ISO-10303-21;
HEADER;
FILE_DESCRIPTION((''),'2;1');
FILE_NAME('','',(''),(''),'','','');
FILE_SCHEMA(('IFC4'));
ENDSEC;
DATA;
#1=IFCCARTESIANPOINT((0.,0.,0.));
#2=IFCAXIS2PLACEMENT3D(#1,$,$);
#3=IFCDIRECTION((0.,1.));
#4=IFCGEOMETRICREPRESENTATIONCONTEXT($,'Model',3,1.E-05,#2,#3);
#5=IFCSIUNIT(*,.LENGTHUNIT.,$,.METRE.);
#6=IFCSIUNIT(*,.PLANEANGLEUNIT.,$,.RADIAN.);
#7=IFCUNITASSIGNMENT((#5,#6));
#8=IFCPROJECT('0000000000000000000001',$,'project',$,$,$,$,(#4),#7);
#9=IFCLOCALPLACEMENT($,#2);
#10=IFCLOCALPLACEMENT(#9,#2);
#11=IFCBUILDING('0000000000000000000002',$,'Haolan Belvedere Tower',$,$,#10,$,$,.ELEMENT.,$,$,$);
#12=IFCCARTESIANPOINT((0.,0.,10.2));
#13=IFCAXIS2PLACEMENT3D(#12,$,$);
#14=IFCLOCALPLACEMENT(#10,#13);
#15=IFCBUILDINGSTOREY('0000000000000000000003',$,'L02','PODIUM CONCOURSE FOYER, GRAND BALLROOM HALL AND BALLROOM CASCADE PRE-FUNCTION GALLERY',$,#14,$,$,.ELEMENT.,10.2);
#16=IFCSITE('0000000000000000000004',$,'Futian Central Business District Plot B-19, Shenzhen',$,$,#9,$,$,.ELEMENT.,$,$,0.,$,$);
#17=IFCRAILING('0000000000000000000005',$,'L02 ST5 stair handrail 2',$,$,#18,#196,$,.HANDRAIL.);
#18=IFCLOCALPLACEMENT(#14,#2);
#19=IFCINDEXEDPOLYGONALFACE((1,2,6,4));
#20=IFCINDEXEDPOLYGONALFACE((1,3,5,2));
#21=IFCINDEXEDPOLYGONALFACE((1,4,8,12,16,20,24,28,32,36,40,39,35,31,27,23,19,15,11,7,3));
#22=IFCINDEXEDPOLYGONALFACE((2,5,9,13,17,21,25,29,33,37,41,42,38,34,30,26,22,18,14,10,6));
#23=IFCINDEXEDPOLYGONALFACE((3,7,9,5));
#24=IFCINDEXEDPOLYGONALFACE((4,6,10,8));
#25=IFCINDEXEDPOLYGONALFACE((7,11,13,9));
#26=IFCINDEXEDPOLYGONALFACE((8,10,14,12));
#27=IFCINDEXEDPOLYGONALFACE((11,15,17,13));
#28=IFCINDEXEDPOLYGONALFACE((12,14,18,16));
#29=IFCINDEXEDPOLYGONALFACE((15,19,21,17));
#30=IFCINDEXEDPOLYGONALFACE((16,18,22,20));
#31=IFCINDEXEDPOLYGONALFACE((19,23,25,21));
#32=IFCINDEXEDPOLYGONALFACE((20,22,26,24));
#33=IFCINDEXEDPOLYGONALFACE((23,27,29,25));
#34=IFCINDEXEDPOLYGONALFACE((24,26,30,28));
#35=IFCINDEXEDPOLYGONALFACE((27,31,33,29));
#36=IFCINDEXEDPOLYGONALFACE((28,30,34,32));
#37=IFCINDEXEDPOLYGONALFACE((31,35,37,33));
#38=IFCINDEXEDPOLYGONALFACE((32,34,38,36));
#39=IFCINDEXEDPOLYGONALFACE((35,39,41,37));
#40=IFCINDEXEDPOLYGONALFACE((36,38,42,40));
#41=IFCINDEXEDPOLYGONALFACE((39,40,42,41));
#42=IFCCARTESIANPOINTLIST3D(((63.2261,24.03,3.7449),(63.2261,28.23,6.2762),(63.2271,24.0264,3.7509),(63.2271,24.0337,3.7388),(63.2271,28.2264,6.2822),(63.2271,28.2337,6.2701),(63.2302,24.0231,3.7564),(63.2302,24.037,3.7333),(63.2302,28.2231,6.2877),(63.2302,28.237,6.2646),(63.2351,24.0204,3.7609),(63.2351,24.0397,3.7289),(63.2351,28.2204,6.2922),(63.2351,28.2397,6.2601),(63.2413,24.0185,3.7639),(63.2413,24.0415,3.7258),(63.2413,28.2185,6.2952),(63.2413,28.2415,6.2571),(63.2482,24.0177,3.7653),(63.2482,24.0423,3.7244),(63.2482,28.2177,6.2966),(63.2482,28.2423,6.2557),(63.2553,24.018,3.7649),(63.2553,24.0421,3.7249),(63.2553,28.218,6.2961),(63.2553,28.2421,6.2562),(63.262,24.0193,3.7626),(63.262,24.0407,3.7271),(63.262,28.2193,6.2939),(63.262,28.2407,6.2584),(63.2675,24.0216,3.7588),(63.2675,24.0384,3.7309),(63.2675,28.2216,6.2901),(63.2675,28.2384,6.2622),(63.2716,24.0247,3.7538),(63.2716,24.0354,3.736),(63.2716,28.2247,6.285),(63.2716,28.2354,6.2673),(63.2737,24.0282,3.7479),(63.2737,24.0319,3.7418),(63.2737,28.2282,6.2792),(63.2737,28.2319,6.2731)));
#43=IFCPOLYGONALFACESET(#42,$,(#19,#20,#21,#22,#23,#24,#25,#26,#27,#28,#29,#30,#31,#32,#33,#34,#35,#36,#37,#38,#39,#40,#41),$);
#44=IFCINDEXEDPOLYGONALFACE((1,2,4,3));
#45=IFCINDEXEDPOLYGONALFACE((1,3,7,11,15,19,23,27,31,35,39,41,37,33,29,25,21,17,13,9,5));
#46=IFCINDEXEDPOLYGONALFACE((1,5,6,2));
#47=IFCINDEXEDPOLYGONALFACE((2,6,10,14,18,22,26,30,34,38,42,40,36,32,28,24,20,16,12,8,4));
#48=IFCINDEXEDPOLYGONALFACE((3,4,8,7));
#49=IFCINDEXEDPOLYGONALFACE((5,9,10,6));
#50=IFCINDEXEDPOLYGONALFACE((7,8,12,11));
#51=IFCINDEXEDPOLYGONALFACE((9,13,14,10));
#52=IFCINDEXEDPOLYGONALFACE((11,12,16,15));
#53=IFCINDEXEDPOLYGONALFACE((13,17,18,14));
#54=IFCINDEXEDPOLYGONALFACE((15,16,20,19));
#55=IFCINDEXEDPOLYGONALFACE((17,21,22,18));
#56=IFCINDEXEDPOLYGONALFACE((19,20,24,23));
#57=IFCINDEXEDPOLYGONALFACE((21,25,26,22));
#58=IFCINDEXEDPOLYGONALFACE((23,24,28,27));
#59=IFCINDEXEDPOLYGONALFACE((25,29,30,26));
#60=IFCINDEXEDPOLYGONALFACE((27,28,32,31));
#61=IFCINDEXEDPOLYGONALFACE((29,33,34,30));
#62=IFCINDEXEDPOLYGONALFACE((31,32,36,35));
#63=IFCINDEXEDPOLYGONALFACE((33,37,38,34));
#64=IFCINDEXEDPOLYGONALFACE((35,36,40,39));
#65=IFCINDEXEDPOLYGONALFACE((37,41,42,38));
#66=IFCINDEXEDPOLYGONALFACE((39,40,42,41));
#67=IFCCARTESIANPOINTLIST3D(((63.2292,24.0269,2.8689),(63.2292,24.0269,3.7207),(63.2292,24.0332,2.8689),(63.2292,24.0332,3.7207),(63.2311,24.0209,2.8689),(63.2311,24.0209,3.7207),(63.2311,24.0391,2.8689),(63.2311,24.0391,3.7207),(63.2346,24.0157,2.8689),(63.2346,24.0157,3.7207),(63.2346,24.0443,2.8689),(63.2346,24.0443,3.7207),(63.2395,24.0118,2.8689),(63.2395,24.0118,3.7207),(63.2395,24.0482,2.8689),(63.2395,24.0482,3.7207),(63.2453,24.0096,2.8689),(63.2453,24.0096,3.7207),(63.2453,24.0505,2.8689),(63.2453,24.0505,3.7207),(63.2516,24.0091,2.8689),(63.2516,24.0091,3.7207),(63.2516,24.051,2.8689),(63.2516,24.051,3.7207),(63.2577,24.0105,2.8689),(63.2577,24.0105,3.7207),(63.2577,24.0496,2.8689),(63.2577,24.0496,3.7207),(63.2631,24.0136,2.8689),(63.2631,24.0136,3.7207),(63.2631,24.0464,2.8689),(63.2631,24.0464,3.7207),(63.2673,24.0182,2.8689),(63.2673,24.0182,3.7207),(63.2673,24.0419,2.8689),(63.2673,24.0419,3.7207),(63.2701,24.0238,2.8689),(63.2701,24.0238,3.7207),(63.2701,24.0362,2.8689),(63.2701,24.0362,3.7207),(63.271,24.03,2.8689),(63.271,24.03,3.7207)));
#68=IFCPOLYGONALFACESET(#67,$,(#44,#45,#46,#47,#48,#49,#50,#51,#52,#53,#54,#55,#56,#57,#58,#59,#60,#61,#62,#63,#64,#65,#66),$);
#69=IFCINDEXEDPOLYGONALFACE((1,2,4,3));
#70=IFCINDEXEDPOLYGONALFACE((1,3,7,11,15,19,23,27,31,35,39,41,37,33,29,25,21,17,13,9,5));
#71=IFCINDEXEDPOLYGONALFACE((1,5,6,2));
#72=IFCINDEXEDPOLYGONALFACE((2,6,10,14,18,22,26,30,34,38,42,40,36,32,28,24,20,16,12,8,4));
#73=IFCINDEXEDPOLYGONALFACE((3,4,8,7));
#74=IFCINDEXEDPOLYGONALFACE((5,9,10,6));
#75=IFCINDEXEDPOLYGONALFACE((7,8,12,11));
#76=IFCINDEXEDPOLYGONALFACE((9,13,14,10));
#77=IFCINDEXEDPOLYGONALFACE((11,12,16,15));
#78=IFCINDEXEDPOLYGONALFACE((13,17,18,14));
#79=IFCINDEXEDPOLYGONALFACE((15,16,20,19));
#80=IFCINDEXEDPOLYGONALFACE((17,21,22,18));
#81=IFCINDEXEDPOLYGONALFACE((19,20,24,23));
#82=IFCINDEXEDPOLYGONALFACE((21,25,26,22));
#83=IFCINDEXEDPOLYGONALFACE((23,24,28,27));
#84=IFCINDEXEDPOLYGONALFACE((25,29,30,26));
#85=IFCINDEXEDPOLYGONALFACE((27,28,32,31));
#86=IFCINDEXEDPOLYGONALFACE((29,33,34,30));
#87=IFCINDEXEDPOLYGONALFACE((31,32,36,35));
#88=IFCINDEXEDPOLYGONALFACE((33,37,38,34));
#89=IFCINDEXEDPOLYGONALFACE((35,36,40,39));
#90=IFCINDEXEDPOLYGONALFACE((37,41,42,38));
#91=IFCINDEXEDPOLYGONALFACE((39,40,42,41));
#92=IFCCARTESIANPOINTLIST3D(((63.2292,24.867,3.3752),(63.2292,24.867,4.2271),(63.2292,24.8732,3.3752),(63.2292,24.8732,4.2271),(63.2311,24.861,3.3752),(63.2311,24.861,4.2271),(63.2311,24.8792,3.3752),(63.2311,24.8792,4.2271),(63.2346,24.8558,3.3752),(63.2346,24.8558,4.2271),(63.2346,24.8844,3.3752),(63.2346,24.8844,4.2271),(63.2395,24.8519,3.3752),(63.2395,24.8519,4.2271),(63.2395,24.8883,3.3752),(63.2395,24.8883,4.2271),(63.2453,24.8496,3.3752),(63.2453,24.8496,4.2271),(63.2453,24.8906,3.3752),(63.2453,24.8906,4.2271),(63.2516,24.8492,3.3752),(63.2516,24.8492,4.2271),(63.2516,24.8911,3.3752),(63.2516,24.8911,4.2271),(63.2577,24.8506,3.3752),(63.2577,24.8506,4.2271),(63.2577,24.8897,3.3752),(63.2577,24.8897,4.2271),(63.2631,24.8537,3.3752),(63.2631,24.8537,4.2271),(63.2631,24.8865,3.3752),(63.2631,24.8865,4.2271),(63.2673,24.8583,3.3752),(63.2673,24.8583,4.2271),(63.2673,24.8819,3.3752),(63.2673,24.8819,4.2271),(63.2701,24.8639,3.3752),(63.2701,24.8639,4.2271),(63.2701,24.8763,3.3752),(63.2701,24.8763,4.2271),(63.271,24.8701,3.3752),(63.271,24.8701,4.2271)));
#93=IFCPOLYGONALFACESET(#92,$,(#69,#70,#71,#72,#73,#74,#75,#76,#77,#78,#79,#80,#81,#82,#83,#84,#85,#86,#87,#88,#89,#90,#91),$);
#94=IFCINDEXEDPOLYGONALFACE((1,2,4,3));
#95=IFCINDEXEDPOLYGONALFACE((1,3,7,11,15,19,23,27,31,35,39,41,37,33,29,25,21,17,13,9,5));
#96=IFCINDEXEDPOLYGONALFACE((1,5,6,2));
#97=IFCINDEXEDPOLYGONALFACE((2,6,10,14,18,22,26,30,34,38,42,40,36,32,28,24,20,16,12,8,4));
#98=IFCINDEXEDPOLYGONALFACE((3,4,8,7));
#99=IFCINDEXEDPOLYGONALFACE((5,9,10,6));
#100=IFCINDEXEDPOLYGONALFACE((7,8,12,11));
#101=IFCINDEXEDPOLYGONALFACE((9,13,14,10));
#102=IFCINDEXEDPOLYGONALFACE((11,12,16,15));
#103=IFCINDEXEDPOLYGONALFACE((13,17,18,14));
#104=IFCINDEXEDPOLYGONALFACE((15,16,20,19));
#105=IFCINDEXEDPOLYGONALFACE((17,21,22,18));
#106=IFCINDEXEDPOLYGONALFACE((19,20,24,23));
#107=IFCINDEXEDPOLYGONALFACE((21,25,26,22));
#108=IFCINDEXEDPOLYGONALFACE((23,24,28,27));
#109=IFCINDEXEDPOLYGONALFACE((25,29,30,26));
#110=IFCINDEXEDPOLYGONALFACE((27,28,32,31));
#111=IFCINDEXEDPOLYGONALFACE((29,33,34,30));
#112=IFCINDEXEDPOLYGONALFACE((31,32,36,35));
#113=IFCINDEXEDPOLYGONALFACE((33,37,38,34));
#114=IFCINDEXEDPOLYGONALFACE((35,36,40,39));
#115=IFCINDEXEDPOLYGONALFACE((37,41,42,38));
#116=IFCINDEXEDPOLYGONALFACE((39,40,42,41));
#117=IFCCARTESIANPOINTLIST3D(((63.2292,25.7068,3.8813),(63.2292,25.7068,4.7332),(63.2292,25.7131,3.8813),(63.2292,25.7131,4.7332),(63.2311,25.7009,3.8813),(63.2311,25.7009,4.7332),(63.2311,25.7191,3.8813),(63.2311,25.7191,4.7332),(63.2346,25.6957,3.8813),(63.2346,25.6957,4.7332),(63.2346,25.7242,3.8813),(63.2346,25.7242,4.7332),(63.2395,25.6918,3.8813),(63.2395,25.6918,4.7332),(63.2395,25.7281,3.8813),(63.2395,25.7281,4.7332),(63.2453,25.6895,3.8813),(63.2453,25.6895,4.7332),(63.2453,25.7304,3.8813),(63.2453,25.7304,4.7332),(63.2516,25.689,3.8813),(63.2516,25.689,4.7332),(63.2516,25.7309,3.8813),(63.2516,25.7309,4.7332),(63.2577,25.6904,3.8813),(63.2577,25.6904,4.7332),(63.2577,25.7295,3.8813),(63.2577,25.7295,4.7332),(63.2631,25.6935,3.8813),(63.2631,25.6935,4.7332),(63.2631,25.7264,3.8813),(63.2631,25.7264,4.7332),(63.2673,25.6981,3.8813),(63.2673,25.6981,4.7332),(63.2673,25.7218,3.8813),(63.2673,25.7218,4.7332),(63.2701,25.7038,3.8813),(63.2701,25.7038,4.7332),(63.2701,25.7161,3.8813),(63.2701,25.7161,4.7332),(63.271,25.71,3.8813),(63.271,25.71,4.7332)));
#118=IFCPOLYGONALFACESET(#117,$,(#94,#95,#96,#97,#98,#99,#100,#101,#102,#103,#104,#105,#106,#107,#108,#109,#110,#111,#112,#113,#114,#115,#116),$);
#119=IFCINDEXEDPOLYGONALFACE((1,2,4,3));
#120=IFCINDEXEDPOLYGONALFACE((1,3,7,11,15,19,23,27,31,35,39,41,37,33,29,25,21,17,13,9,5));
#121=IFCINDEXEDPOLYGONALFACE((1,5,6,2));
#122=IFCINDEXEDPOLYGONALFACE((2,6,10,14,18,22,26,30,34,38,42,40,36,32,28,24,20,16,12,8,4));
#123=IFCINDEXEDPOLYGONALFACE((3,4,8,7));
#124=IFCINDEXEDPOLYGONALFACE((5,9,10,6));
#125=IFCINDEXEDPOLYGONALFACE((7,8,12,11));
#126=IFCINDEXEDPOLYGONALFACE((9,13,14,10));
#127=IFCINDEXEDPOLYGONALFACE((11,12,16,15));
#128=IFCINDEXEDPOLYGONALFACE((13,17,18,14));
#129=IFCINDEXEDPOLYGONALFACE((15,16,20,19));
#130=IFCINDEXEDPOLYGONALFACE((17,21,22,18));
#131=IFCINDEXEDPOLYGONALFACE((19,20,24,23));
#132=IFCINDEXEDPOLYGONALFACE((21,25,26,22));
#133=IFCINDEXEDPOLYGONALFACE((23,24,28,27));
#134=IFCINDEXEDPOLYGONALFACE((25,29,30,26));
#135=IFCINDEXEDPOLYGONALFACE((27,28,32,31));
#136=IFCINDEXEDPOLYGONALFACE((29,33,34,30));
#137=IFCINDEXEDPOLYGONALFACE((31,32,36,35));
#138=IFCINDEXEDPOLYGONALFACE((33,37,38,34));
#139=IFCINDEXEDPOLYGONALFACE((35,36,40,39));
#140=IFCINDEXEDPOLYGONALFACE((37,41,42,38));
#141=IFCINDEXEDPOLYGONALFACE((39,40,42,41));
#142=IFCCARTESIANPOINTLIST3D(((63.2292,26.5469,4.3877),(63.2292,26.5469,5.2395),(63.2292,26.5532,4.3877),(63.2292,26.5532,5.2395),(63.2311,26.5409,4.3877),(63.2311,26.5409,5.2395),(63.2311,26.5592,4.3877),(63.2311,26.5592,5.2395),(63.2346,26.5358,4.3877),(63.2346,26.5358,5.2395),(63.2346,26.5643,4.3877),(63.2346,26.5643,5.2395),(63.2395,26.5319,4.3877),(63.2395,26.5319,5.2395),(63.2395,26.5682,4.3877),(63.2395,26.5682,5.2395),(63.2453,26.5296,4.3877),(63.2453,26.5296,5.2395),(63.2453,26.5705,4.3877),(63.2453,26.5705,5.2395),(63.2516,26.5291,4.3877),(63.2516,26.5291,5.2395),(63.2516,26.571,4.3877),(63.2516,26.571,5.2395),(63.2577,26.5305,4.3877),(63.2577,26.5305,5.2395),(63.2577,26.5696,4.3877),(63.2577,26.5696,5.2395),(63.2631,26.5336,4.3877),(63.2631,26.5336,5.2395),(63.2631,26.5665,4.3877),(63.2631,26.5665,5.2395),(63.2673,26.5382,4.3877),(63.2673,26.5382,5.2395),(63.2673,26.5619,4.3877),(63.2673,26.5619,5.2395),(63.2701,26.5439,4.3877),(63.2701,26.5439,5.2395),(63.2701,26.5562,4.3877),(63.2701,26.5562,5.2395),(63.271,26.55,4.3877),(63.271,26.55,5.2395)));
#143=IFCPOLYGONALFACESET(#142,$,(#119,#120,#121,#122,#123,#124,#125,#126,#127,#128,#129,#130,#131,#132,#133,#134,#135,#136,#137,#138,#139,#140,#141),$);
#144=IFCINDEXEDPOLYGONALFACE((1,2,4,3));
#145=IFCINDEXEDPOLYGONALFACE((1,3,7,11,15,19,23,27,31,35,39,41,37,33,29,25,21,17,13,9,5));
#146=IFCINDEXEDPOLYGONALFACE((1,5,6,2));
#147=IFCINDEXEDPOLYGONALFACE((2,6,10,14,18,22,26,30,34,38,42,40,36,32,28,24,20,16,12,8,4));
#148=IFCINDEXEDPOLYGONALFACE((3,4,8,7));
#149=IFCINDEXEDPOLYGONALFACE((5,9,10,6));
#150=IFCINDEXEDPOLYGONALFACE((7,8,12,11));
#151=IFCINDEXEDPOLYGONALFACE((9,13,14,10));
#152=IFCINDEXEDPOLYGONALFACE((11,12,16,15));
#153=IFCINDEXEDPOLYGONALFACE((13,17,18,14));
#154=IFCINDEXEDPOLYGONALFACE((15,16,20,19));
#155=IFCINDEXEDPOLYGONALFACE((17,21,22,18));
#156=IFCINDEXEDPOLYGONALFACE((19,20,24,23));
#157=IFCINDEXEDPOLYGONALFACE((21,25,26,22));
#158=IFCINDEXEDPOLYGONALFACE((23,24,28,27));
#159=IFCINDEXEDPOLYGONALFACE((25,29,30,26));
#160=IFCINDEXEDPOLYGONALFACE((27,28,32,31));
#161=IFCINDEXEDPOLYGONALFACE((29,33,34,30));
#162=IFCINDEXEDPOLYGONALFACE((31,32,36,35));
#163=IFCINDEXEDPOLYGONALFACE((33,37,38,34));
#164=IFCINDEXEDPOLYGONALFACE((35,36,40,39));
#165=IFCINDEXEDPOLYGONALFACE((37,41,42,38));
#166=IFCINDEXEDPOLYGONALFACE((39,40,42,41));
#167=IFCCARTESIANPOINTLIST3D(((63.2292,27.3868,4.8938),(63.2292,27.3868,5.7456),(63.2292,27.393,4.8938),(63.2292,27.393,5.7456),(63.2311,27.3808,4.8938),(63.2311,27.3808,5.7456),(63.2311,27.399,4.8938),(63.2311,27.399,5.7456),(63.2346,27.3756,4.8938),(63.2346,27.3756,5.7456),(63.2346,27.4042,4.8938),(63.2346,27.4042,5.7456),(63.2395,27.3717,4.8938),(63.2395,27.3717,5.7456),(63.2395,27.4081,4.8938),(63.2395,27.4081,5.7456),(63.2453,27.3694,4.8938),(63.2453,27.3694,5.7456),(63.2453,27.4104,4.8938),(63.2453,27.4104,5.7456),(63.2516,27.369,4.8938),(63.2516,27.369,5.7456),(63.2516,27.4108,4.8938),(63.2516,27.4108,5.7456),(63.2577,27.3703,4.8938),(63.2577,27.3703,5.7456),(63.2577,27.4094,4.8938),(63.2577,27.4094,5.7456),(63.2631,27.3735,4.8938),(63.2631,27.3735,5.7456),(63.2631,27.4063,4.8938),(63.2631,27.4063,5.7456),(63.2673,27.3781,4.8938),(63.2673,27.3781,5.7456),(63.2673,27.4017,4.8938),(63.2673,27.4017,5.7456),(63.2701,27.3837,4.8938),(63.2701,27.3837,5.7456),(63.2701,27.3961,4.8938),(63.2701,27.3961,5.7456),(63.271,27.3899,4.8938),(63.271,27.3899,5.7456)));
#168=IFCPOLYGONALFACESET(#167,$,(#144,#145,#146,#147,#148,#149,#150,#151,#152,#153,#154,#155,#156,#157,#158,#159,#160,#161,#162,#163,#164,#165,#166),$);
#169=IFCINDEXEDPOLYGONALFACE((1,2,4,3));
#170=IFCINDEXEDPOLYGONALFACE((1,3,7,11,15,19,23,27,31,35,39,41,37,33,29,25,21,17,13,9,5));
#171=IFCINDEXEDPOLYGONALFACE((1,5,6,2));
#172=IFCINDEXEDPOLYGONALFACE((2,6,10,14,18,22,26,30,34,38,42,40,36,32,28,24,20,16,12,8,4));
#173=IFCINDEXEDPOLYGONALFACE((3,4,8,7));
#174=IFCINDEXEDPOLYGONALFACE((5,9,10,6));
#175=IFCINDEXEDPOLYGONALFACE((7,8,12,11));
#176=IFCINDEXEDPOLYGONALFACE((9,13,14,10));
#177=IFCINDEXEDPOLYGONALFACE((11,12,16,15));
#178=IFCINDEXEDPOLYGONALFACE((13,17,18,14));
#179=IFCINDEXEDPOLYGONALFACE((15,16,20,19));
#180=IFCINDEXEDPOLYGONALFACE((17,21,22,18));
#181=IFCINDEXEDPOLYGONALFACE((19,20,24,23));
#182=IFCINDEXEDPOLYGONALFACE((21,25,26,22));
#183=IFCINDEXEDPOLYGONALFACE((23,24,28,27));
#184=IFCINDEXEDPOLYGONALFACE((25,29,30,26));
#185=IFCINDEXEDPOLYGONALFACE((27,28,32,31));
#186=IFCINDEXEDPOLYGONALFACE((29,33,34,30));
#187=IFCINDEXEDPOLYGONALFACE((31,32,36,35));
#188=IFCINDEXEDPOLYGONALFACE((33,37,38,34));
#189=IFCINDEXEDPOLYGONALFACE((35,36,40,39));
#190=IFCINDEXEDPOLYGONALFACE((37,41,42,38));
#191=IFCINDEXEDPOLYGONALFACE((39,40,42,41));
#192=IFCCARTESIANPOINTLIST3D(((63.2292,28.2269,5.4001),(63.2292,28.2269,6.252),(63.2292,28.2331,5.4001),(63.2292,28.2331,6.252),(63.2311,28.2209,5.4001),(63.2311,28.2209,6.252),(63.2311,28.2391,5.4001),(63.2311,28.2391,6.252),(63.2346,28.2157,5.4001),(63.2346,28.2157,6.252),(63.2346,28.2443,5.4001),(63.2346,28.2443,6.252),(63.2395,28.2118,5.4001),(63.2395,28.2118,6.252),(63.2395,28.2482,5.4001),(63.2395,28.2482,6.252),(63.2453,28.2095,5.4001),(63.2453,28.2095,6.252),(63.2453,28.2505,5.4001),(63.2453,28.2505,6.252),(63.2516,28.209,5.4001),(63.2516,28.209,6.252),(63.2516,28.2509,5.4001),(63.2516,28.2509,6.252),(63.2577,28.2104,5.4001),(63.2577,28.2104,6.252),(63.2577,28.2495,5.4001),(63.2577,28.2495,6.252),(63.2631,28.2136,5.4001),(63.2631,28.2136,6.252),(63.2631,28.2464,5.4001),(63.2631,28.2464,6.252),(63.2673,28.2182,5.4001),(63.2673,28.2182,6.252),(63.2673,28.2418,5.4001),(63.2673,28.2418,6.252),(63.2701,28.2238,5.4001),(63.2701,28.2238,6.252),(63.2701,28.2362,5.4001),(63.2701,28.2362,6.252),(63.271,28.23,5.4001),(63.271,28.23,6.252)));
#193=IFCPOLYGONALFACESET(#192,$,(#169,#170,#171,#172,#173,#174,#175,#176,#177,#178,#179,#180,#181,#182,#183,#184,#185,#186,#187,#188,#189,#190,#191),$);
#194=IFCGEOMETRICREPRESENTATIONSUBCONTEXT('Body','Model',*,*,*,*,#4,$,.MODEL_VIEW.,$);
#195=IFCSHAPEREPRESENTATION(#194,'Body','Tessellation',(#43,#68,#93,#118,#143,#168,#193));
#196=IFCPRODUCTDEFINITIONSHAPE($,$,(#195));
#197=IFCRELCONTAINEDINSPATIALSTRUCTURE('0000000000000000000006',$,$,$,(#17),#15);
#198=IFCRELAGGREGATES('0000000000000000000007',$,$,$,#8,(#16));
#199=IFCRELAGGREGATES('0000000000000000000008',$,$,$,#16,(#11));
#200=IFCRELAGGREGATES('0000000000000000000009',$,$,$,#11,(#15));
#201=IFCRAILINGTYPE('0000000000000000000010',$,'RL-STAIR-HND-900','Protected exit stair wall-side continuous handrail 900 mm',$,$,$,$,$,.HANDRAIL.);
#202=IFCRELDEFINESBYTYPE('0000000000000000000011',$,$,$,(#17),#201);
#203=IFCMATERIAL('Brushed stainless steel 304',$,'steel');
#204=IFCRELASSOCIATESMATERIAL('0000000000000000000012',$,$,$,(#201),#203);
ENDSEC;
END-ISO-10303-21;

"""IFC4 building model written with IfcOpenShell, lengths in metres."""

from ifc_helpers import new_model, si_unit, direction, frame, origin, origin_2d, place, context, subcontext, project, spatial, circle, extrude, material, type_object, element, save


model = new_model("IFC4")

# Units and contexts
model_context = context("Model", 3, precision=1e-05, world=origin(), true_north=direction((0.0, 1.0)))
body_context = subcontext(model_context, "Body", "Model", "MODEL_VIEW")
ifc_project = project(units=[si_unit("LENGTHUNIT", "METRE"), si_unit("PLANEANGLEUNIT", "RADIAN")], contexts=[model_context])

# Site, building, storey
site_placement = place(None, origin())
site = spatial("IfcSite", under=ifc_project, at=site_placement, Name="Futian Central Business District Plot B-19, Shenzhen", CompositionType="ELEMENT", RefElevation=0.0)
building_placement = place(site_placement, origin())
building = spatial("IfcBuilding", under=site, at=building_placement, Name="Haolan Belvedere Tower", CompositionType="ELEMENT")
storey_placement = place(building_placement, frame((0.0, 0.0, 10.2)))
storey = spatial("IfcBuildingStorey", under=building, at=storey_placement, Name="L02", Description="PODIUM CONCOURSE FOYER, GRAND BALLROOM HALL AND BALLROOM CASCADE PRE-FUNCTION GALLERY", CompositionType="ELEMENT", Elevation=10.2)

# Railing
ifc_material_1 = material(Name="Brushed stainless steel 304", Category="steel")
railing_type_1 = type_object("IfcRailingType", Name="RL-STAIR-HND-900", Description="Protected exit stair wall-side continuous handrail 900 mm", PredefinedType="HANDRAIL", material=ifc_material_1)
railing_1_placement = place(storey_placement, frame((63.25, 24.03, 2.8689)))
element("IfcRailing", 1, at=railing_1_placement, inside=storey, type_object=railing_type_1, Name="L02 ST5 stair handrail 2", PredefinedType="HANDRAIL", context=body_context, shape_type="SweptSolid", body=[
    extrude(circle(Radius=0.0239, at=origin_2d()), frame((0.0, 0.0, 0.876), z_axis=(0.0, 0.856476, 0.516186), x_axis=(-1.0, 0.0, 0.0)), (0.0, 0.0, 1.0), 4.9038),
    extrude(circle(Radius=0.021, at=origin_2d()), origin(), (0.0, 0.0, 1.0), 0.8518),
    extrude(circle(Radius=0.021, at=origin_2d()), frame((0.0, 0.8401, 0.5063)), (0.0, 0.0, 1.0), 0.8518),
    extrude(circle(Radius=0.021, at=origin_2d()), frame((0.0, 1.6799, 1.0125)), (0.0, 0.0, 1.0), 0.8518),
    extrude(circle(Radius=0.021, at=origin_2d()), frame((0.0, 2.52, 1.5188)), (0.0, 0.0, 1.0), 0.8518),
    extrude(circle(Radius=0.021, at=origin_2d()), frame((0.0, 3.3599, 2.0249)), (0.0, 0.0, 1.0), 0.8518),
    extrude(circle(Radius=0.021, at=origin_2d()), frame((0.0, 4.2, 2.5312)), (0.0, 0.0, 1.0), 0.8518),
])

save(model, "model.ifc")
